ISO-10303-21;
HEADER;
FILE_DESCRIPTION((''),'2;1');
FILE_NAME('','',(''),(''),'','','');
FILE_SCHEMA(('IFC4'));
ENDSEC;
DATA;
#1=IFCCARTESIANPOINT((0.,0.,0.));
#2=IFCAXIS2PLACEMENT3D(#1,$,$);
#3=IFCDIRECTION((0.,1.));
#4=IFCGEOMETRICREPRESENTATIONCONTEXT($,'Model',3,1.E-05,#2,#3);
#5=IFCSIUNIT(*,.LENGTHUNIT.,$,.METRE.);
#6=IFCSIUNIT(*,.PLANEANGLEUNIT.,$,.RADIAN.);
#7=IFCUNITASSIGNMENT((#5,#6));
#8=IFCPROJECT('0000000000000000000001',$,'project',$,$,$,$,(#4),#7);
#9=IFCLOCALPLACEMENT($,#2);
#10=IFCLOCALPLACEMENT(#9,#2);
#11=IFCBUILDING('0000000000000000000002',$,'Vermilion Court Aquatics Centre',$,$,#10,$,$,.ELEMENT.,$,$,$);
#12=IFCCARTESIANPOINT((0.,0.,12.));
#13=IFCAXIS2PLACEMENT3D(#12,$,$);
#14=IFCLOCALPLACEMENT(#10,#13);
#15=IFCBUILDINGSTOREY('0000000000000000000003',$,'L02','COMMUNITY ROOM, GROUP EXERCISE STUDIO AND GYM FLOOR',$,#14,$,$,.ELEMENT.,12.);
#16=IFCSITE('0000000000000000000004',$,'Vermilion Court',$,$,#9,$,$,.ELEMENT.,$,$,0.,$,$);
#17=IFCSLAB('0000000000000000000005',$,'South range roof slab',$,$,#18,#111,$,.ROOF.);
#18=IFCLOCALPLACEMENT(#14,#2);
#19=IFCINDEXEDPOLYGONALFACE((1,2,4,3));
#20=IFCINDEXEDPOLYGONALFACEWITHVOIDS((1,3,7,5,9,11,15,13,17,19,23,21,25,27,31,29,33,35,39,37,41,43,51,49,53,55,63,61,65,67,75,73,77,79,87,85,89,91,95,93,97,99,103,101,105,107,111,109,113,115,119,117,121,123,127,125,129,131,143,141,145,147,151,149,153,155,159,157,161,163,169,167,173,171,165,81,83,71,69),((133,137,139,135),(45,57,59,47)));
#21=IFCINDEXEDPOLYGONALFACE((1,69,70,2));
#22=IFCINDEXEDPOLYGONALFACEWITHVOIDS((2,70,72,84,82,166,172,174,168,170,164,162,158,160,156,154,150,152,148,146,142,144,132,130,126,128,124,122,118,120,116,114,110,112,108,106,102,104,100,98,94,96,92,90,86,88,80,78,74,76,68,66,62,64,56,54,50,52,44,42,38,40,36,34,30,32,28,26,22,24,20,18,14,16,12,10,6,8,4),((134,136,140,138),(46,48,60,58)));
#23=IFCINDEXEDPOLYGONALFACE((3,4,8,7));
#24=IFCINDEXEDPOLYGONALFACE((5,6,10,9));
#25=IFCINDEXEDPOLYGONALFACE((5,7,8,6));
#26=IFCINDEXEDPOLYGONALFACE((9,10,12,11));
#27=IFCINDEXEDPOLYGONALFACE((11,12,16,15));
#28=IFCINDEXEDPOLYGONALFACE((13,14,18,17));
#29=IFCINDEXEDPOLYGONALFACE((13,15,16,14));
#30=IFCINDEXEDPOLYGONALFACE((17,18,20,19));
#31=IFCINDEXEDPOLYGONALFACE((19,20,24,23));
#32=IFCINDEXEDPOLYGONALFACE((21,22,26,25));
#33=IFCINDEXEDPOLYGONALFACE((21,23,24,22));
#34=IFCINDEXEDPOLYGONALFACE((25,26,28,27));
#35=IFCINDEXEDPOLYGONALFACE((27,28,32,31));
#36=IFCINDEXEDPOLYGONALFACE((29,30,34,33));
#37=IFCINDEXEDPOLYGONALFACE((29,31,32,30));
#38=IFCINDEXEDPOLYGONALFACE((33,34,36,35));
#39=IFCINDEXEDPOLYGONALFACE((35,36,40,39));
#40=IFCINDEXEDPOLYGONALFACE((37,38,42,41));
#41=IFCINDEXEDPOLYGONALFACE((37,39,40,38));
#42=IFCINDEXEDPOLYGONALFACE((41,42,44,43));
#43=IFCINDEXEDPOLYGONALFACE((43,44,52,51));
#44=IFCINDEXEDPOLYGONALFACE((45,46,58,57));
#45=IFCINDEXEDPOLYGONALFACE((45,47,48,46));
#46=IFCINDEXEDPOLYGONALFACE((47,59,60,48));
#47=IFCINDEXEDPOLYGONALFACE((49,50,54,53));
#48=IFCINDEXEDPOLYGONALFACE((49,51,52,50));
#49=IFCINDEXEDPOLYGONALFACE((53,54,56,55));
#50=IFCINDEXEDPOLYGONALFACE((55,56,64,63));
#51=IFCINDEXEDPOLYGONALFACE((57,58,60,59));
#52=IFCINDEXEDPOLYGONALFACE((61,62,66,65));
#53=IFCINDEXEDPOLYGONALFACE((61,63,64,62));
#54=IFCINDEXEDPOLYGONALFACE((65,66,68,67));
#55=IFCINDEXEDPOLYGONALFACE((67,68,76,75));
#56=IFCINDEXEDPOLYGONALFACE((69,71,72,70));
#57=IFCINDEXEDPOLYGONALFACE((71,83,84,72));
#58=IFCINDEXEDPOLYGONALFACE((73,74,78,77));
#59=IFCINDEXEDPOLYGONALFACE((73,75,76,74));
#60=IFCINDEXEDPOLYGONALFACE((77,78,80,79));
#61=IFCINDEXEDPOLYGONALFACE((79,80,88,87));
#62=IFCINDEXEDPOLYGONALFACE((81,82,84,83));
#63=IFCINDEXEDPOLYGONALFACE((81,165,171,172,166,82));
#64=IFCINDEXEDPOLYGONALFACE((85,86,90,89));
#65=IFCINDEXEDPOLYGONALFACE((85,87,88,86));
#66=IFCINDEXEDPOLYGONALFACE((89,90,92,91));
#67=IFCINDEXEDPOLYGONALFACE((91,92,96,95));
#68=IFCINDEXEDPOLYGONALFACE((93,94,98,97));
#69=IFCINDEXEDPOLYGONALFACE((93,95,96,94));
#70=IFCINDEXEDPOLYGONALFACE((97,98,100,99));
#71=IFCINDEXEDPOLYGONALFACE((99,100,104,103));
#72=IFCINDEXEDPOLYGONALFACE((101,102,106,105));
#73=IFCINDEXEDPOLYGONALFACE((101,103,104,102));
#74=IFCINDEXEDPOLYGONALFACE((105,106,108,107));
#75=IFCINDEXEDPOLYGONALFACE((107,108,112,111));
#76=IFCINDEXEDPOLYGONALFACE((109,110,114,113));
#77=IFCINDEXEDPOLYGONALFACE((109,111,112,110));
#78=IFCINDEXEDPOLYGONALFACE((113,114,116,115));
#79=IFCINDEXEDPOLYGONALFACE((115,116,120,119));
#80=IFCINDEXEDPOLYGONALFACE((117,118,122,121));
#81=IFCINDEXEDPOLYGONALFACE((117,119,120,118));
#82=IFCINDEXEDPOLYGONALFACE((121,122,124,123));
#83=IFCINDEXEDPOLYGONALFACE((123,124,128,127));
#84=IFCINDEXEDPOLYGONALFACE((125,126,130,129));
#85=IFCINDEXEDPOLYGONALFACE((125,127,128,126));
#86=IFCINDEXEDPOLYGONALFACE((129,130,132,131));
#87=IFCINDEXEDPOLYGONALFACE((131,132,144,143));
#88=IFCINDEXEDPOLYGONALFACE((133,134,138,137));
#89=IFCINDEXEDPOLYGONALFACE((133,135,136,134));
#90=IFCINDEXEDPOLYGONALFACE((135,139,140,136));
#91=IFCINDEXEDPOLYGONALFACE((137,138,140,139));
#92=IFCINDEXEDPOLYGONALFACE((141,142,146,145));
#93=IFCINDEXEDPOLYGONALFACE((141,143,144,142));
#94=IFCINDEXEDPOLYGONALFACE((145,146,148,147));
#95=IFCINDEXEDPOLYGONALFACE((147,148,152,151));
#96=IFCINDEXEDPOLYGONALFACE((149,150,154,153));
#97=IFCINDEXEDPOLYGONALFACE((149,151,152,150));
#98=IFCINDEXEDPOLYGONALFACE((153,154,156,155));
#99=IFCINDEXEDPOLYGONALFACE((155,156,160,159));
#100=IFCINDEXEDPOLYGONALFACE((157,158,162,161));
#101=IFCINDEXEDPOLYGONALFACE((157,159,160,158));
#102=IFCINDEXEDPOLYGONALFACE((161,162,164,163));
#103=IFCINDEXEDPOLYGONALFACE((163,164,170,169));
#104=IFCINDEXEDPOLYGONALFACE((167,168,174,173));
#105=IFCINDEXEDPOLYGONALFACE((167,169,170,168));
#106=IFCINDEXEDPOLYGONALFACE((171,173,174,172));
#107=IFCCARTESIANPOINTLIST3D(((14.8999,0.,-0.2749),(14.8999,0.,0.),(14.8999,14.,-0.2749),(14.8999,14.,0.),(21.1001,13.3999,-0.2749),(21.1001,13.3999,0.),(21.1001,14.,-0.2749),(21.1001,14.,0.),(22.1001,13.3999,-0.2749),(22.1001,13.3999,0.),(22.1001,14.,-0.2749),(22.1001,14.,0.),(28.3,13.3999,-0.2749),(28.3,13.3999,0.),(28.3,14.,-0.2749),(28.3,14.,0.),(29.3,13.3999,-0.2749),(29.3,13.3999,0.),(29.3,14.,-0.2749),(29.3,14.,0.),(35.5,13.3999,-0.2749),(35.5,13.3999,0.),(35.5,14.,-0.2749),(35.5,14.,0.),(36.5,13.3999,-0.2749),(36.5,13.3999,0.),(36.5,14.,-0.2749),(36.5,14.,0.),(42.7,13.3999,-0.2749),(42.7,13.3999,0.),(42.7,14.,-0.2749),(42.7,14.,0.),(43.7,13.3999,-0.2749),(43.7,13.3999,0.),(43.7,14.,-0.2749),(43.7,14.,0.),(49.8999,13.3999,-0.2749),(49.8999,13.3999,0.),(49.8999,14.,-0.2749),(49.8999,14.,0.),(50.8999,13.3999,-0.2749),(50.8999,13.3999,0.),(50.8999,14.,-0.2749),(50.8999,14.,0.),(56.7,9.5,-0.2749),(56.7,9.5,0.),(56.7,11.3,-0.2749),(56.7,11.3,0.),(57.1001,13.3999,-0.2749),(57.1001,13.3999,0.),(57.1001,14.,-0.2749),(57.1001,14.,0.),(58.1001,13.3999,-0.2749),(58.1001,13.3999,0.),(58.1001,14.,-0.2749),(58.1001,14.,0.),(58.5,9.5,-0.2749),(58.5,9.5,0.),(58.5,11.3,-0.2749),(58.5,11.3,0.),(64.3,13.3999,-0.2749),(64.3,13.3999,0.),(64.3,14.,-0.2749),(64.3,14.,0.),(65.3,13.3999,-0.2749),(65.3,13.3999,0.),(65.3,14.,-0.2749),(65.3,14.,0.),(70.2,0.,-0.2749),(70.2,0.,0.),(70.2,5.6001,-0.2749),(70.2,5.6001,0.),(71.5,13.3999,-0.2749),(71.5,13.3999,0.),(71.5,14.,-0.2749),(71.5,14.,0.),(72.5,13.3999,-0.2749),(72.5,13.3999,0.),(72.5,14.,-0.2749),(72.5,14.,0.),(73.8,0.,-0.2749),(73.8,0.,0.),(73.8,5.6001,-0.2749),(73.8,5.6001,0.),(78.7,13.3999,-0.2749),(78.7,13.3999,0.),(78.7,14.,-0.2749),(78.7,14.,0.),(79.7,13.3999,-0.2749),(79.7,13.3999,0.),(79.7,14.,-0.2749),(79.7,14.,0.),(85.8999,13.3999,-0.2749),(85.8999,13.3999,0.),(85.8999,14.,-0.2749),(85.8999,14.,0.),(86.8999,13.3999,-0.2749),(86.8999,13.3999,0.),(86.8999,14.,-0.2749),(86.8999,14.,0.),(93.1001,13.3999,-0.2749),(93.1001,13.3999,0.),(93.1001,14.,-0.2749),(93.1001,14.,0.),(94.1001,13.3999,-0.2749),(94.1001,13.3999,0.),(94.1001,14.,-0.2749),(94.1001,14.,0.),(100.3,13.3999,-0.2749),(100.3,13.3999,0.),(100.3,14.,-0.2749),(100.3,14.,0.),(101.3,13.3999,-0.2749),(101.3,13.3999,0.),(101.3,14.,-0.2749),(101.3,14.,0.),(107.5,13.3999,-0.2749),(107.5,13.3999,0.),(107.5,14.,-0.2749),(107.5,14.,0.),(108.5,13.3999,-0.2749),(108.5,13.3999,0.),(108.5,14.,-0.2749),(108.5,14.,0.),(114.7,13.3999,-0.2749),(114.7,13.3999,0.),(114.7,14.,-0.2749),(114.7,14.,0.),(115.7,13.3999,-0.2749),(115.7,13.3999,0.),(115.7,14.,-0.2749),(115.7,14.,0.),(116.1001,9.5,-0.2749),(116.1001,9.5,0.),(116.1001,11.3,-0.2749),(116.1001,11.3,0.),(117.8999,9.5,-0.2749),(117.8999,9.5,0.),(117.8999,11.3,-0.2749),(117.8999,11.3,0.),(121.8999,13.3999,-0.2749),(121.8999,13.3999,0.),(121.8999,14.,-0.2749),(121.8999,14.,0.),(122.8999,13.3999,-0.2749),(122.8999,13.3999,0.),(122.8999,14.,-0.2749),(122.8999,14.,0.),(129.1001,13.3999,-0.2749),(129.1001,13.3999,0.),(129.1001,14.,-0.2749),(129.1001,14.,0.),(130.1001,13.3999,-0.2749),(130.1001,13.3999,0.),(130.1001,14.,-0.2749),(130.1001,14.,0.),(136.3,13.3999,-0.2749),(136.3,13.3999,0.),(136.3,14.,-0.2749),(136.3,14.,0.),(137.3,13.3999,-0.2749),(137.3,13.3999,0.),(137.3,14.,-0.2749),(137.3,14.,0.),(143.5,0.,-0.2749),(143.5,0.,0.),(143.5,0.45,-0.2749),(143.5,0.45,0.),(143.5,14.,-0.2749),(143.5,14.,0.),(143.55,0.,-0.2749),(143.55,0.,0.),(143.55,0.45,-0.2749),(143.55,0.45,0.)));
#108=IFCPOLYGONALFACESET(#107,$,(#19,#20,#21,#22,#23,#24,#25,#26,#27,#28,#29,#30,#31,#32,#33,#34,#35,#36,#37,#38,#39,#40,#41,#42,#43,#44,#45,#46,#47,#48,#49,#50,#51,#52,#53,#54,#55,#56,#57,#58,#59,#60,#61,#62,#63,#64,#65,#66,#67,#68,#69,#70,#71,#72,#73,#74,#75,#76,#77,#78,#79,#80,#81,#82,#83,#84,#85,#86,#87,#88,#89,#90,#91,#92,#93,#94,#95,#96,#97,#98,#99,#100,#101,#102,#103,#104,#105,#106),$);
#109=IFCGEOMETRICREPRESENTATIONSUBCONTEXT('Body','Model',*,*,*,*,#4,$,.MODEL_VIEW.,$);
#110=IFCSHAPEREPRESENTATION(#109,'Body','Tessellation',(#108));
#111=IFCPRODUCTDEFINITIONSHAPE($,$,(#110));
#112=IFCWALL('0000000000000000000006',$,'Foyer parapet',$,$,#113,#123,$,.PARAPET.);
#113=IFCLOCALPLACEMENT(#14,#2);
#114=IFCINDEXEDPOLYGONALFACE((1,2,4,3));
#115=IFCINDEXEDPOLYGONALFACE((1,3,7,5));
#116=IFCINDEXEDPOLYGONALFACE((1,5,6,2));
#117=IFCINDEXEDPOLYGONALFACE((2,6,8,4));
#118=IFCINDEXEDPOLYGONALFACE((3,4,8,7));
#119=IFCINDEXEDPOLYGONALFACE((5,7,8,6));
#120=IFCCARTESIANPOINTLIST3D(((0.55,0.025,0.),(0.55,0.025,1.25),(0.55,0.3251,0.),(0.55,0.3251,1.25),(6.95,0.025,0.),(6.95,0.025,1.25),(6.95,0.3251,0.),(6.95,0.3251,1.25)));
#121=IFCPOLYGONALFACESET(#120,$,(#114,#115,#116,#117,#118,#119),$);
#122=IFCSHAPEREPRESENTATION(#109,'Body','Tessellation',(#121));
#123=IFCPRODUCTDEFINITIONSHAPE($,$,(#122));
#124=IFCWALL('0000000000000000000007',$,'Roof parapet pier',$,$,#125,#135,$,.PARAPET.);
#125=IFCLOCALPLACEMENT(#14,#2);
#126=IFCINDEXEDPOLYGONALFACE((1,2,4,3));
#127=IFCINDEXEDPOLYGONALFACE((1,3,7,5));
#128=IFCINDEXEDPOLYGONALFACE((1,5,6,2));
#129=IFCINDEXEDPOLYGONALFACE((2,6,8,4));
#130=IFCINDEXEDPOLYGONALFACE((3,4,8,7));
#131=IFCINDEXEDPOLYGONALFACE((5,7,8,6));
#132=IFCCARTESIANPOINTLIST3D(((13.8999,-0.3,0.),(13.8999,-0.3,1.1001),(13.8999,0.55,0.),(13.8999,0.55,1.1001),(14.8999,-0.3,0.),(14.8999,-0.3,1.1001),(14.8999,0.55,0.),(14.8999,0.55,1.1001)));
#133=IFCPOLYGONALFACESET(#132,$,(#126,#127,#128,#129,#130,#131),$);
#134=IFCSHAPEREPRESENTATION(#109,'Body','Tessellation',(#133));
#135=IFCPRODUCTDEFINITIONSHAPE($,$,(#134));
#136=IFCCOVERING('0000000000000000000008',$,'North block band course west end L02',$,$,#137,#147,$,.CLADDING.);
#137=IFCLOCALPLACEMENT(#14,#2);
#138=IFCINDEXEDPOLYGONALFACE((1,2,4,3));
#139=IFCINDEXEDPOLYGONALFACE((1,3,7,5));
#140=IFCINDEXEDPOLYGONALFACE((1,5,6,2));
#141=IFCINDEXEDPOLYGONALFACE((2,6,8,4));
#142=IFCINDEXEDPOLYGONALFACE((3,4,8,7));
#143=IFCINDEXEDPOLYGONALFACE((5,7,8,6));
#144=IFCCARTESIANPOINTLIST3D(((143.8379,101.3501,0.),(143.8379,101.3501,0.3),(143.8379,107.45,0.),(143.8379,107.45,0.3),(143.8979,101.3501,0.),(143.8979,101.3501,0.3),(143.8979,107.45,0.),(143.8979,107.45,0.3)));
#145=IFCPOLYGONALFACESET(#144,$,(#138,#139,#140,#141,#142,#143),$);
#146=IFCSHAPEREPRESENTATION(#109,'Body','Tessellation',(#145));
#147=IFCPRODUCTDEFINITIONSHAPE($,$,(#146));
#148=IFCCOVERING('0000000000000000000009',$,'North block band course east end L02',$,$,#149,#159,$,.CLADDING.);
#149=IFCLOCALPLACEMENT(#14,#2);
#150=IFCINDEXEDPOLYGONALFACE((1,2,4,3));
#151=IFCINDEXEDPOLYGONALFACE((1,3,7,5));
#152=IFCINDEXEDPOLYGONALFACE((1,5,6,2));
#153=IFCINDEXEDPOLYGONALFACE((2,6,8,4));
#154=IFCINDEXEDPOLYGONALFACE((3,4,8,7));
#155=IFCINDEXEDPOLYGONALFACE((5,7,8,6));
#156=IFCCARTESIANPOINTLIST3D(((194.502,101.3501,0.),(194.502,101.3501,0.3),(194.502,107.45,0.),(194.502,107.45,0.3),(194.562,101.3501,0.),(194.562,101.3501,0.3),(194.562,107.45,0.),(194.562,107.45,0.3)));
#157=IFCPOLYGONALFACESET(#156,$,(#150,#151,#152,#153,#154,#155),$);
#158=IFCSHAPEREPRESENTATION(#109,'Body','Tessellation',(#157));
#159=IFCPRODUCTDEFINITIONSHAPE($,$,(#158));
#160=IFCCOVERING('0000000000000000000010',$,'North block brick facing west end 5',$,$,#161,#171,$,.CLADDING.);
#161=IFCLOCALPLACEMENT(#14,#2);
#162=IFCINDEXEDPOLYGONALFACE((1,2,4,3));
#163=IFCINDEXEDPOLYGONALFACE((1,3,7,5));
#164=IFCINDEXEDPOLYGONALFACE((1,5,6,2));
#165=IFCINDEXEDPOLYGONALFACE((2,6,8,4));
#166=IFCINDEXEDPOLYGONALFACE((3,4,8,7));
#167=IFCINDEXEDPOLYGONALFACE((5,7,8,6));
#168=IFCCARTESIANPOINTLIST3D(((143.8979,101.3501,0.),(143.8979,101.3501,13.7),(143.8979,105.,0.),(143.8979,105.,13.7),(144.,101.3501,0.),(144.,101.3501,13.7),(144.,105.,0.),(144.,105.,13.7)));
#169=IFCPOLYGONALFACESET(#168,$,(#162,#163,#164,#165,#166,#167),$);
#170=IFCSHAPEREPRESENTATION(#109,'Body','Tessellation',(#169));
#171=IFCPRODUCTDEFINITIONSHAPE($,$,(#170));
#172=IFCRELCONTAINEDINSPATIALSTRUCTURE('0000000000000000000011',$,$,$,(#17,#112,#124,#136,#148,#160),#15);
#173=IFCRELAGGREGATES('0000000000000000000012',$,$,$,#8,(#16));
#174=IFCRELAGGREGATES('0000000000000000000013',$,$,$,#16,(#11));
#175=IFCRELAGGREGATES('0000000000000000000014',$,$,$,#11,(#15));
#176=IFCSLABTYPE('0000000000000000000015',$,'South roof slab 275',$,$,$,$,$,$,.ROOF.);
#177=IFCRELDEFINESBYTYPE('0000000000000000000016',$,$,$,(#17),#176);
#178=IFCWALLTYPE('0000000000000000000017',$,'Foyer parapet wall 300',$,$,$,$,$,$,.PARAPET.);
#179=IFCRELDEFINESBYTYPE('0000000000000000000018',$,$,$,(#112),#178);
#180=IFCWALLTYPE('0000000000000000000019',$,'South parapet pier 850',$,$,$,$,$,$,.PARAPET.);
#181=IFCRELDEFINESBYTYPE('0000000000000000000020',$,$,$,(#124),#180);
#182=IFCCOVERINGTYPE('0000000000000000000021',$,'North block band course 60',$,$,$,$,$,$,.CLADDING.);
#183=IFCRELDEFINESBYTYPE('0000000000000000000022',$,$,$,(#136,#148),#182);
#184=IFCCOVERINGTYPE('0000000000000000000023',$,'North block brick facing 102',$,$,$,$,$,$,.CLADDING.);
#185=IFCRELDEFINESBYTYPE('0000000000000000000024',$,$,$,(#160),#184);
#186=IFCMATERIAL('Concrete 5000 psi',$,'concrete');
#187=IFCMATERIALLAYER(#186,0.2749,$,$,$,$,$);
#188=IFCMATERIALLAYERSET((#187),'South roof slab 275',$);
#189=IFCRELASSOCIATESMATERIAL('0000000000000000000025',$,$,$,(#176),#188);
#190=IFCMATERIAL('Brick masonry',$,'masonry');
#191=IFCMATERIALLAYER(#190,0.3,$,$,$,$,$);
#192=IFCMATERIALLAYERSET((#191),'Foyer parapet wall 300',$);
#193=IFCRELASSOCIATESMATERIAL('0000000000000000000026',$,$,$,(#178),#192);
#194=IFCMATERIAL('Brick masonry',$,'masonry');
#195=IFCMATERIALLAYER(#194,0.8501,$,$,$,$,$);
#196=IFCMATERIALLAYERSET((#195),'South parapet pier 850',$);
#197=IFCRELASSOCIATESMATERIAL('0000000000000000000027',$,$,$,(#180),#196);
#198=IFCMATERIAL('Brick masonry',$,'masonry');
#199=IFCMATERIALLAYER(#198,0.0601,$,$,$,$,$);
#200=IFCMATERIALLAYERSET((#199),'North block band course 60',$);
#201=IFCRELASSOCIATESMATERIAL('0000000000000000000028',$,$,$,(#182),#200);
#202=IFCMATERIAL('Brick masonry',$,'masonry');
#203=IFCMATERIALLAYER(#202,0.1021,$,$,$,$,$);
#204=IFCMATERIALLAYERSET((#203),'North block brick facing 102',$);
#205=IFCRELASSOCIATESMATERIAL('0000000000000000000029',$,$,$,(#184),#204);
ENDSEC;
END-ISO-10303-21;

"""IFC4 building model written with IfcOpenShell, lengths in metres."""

from ifc_helpers import new_model, si_unit, direction, frame, frame_2d, origin, place, context, subcontext, project, spatial, polyline, rectangle, outline, extrude, material, layer, layer_set, type_object, element, save


model = new_model("IFC4")

# Units and contexts
model_context = context("Model", 3, precision=1e-05, world=origin(), true_north=direction((0.0, 1.0)))
body_context = subcontext(model_context, "Body", "Model", "MODEL_VIEW")
ifc_project = project(units=[si_unit("LENGTHUNIT", "METRE"), si_unit("PLANEANGLEUNIT", "RADIAN")], contexts=[model_context])

# Site, building, storey
site_placement = place(None, origin())
site = spatial("IfcSite", under=ifc_project, at=site_placement, Name="Vermilion Court", CompositionType="ELEMENT", RefElevation=0.0)
building_placement = place(site_placement, origin())
building = spatial("IfcBuilding", under=site, at=building_placement, Name="Vermilion Court Aquatics Centre", CompositionType="ELEMENT")
storey_placement = place(building_placement, frame((0.0, 0.0, 12.0)))
storey = spatial("IfcBuildingStorey", under=building, at=storey_placement, Name="L02", Description="COMMUNITY ROOM, GROUP EXERCISE STUDIO AND GYM FLOOR", CompositionType="ELEMENT", Elevation=12.0)

# Slab
ifc_material_1 = material(Name="Concrete 5000 psi", Category="concrete")
ifc_layer_1 = layer(ifc_material_1, 0.2749)
ifc_layer_set_1 = layer_set([ifc_layer_1], Name="South roof slab 275")
slab_type_1 = type_object("IfcSlabType", Name="South roof slab 275", PredefinedType="ROOF", material=ifc_layer_set_1)
slab_1_placement = place(storey_placement, frame((0.0, 0.0, -0.2749)))
element("IfcSlab", 1, at=slab_1_placement, inside=storey, type_object=slab_type_1, Name="South range roof slab", PredefinedType="ROOF", context=body_context, shape_type="SweptSolid", body=[
    extrude(outline(polyline([(14.8999, 0.0), (14.8999, 14.0), (21.1001, 14.0), (21.1001, 13.3999), (22.1001, 13.3999), (22.1001, 14.0), (28.3, 14.0), (28.3, 13.3999), (29.3, 13.3999), (29.3, 14.0), (35.5, 14.0), (35.5, 13.3999), (36.5, 13.3999), (36.5, 14.0), (42.7, 14.0), (42.7, 13.3999), (43.7, 13.3999), (43.7, 14.0), (49.8999, 14.0), (49.8999, 13.3999), (50.8999, 13.3999), (50.8999, 14.0), (57.1001, 14.0), (57.1001, 13.3999), (58.1001, 13.3999), (58.1001, 14.0), (64.3, 14.0), (64.3, 13.3999), (65.3, 13.3999), (65.3, 14.0), (71.5, 14.0), (71.5, 13.3999), (72.5, 13.3999), (72.5, 14.0), (78.7, 14.0), (78.7, 13.3999), (79.7, 13.3999), (79.7, 14.0), (85.8999, 14.0), (85.8999, 13.3999), (86.8999, 13.3999), (86.8999, 14.0), (93.1001, 14.0), (93.1001, 13.3999), (94.1001, 13.3999), (94.1001, 14.0), (100.3, 14.0), (100.3, 13.3999), (101.3, 13.3999), (101.3, 14.0), (107.5, 14.0), (107.5, 13.3999), (108.5, 13.3999), (108.5, 14.0), (114.7, 14.0), (114.7, 13.3999), (115.7, 13.3999), (115.7, 14.0), (121.8999, 14.0), (121.8999, 13.3999), (122.8999, 13.3999), (122.8999, 14.0), (129.1001, 14.0), (129.1001, 13.3999), (130.1001, 13.3999), (130.1001, 14.0), (136.3, 14.0), (136.3, 13.3999), (137.3, 13.3999), (137.3, 14.0), (143.5, 14.0), (143.5, 0.45), (143.55, 0.45), (143.55, 0.0), (143.5, 0.0), (73.8, 0.0), (73.8, 5.6001), (70.2, 5.6001), (70.2, 0.0), (14.8999, 0.0)]), holes=[polyline([(56.7, 9.5), (58.5, 9.5), (58.5, 11.3), (56.7, 11.3), (56.7, 9.5)]), polyline([(116.1001, 9.5), (117.8999, 9.5), (117.8999, 11.3), (116.1001, 11.3), (116.1001, 9.5)])]), origin(), (0.0, 0.0, 1.0), 0.2749),
])

# Walls
ifc_material_2 = material(Name="Brick masonry", Category="masonry")
ifc_layer_2 = layer(ifc_material_2, 0.3)
ifc_layer_set_2 = layer_set([ifc_layer_2], Name="Foyer parapet wall 300")
wall_type_1 = type_object("IfcWallType", Name="Foyer parapet wall 300", PredefinedType="PARAPET", material=ifc_layer_set_2)
wall_1_placement = place(storey_placement, frame((0.55, 0.175, 0.0), z_axis=(0.0, 0.0, 1.0), x_axis=(1.0, 0.0, 0.0)))
element("IfcWall", 2, at=wall_1_placement, inside=storey, type_object=wall_type_1, Name="Foyer parapet", PredefinedType="PARAPET", context=body_context, shape_type="SweptSolid", body=[
    extrude(rectangle(XDim=6.3999, YDim=0.3, at=frame_2d((3.2, 0.0))), origin(), (0.0, 0.0, 1.0), 1.25),
])
ifc_material_3 = material(Name="Brick masonry", Category="masonry")
ifc_layer_3 = layer(ifc_material_3, 0.8501)
ifc_layer_set_3 = layer_set([ifc_layer_3], Name="South parapet pier 850")
wall_type_2 = type_object("IfcWallType", Name="South parapet pier 850", PredefinedType="PARAPET", material=ifc_layer_set_3)
wall_2_placement = place(storey_placement, frame((13.8999, 0.125, 0.0), z_axis=(0.0, 0.0, 1.0), x_axis=(1.0, 0.0, 0.0)))
element("IfcWall", 3, at=wall_2_placement, inside=storey, type_object=wall_type_2, Name="Roof parapet pier", PredefinedType="PARAPET", context=body_context, shape_type="SweptSolid", body=[
    extrude(rectangle(XDim=1.0, YDim=0.8501, at=frame_2d((0.5, 0.0))), origin(), (0.0, 0.0, 1.0), 1.1001),
])

# Coverings
ifc_material_4 = material(Name="Brick masonry", Category="masonry")
ifc_layer_4 = layer(ifc_material_4, 0.0601)
ifc_layer_set_4 = layer_set([ifc_layer_4], Name="North block band course 60")
covering_type_1 = type_object("IfcCoveringType", Name="North block band course 60", PredefinedType="CLADDING", material=ifc_layer_set_4)
covering_1_placement = place(storey_placement, origin())
element("IfcCovering", 4, at=covering_1_placement, inside=storey, type_object=covering_type_1, Name="North block band course west end L02", PredefinedType="CLADDING", context=body_context, shape_type="SweptSolid", body=[
    extrude(outline(polyline([(143.8379, 101.3501), (143.8979, 101.3501), (143.8979, 107.45), (143.8379, 107.45), (143.8379, 101.3501)])), origin(), (0.0, 0.0, 1.0), 0.3),
])
covering_2_placement = place(storey_placement, origin())
element("IfcCovering", 5, at=covering_2_placement, inside=storey, type_object=covering_type_1, Name="North block band course east end L02", PredefinedType="CLADDING", context=body_context, shape_type="SweptSolid", body=[
    extrude(outline(polyline([(194.502, 101.3501), (194.562, 101.3501), (194.562, 107.45), (194.502, 107.45), (194.502, 101.3501)])), origin(), (0.0, 0.0, 1.0), 0.3),
])
ifc_material_5 = material(Name="Brick masonry", Category="masonry")
ifc_layer_5 = layer(ifc_material_5, 0.1021)
ifc_layer_set_5 = layer_set([ifc_layer_5], Name="North block brick facing 102")
covering_type_2 = type_object("IfcCoveringType", Name="North block brick facing 102", PredefinedType="CLADDING", material=ifc_layer_set_5)
covering_3_placement = place(storey_placement, origin())
element("IfcCovering", 6, at=covering_3_placement, inside=storey, type_object=covering_type_2, Name="North block brick facing west end 5", PredefinedType="CLADDING", context=body_context, shape_type="SweptSolid", body=[
    extrude(outline(polyline([(143.8979, 101.3501), (144.0, 101.3501), (144.0, 105.0), (143.8979, 105.0), (143.8979, 101.3501)])), origin(), (0.0, 0.0, 1.0), 13.7),
])

save(model, "model.ifc")
